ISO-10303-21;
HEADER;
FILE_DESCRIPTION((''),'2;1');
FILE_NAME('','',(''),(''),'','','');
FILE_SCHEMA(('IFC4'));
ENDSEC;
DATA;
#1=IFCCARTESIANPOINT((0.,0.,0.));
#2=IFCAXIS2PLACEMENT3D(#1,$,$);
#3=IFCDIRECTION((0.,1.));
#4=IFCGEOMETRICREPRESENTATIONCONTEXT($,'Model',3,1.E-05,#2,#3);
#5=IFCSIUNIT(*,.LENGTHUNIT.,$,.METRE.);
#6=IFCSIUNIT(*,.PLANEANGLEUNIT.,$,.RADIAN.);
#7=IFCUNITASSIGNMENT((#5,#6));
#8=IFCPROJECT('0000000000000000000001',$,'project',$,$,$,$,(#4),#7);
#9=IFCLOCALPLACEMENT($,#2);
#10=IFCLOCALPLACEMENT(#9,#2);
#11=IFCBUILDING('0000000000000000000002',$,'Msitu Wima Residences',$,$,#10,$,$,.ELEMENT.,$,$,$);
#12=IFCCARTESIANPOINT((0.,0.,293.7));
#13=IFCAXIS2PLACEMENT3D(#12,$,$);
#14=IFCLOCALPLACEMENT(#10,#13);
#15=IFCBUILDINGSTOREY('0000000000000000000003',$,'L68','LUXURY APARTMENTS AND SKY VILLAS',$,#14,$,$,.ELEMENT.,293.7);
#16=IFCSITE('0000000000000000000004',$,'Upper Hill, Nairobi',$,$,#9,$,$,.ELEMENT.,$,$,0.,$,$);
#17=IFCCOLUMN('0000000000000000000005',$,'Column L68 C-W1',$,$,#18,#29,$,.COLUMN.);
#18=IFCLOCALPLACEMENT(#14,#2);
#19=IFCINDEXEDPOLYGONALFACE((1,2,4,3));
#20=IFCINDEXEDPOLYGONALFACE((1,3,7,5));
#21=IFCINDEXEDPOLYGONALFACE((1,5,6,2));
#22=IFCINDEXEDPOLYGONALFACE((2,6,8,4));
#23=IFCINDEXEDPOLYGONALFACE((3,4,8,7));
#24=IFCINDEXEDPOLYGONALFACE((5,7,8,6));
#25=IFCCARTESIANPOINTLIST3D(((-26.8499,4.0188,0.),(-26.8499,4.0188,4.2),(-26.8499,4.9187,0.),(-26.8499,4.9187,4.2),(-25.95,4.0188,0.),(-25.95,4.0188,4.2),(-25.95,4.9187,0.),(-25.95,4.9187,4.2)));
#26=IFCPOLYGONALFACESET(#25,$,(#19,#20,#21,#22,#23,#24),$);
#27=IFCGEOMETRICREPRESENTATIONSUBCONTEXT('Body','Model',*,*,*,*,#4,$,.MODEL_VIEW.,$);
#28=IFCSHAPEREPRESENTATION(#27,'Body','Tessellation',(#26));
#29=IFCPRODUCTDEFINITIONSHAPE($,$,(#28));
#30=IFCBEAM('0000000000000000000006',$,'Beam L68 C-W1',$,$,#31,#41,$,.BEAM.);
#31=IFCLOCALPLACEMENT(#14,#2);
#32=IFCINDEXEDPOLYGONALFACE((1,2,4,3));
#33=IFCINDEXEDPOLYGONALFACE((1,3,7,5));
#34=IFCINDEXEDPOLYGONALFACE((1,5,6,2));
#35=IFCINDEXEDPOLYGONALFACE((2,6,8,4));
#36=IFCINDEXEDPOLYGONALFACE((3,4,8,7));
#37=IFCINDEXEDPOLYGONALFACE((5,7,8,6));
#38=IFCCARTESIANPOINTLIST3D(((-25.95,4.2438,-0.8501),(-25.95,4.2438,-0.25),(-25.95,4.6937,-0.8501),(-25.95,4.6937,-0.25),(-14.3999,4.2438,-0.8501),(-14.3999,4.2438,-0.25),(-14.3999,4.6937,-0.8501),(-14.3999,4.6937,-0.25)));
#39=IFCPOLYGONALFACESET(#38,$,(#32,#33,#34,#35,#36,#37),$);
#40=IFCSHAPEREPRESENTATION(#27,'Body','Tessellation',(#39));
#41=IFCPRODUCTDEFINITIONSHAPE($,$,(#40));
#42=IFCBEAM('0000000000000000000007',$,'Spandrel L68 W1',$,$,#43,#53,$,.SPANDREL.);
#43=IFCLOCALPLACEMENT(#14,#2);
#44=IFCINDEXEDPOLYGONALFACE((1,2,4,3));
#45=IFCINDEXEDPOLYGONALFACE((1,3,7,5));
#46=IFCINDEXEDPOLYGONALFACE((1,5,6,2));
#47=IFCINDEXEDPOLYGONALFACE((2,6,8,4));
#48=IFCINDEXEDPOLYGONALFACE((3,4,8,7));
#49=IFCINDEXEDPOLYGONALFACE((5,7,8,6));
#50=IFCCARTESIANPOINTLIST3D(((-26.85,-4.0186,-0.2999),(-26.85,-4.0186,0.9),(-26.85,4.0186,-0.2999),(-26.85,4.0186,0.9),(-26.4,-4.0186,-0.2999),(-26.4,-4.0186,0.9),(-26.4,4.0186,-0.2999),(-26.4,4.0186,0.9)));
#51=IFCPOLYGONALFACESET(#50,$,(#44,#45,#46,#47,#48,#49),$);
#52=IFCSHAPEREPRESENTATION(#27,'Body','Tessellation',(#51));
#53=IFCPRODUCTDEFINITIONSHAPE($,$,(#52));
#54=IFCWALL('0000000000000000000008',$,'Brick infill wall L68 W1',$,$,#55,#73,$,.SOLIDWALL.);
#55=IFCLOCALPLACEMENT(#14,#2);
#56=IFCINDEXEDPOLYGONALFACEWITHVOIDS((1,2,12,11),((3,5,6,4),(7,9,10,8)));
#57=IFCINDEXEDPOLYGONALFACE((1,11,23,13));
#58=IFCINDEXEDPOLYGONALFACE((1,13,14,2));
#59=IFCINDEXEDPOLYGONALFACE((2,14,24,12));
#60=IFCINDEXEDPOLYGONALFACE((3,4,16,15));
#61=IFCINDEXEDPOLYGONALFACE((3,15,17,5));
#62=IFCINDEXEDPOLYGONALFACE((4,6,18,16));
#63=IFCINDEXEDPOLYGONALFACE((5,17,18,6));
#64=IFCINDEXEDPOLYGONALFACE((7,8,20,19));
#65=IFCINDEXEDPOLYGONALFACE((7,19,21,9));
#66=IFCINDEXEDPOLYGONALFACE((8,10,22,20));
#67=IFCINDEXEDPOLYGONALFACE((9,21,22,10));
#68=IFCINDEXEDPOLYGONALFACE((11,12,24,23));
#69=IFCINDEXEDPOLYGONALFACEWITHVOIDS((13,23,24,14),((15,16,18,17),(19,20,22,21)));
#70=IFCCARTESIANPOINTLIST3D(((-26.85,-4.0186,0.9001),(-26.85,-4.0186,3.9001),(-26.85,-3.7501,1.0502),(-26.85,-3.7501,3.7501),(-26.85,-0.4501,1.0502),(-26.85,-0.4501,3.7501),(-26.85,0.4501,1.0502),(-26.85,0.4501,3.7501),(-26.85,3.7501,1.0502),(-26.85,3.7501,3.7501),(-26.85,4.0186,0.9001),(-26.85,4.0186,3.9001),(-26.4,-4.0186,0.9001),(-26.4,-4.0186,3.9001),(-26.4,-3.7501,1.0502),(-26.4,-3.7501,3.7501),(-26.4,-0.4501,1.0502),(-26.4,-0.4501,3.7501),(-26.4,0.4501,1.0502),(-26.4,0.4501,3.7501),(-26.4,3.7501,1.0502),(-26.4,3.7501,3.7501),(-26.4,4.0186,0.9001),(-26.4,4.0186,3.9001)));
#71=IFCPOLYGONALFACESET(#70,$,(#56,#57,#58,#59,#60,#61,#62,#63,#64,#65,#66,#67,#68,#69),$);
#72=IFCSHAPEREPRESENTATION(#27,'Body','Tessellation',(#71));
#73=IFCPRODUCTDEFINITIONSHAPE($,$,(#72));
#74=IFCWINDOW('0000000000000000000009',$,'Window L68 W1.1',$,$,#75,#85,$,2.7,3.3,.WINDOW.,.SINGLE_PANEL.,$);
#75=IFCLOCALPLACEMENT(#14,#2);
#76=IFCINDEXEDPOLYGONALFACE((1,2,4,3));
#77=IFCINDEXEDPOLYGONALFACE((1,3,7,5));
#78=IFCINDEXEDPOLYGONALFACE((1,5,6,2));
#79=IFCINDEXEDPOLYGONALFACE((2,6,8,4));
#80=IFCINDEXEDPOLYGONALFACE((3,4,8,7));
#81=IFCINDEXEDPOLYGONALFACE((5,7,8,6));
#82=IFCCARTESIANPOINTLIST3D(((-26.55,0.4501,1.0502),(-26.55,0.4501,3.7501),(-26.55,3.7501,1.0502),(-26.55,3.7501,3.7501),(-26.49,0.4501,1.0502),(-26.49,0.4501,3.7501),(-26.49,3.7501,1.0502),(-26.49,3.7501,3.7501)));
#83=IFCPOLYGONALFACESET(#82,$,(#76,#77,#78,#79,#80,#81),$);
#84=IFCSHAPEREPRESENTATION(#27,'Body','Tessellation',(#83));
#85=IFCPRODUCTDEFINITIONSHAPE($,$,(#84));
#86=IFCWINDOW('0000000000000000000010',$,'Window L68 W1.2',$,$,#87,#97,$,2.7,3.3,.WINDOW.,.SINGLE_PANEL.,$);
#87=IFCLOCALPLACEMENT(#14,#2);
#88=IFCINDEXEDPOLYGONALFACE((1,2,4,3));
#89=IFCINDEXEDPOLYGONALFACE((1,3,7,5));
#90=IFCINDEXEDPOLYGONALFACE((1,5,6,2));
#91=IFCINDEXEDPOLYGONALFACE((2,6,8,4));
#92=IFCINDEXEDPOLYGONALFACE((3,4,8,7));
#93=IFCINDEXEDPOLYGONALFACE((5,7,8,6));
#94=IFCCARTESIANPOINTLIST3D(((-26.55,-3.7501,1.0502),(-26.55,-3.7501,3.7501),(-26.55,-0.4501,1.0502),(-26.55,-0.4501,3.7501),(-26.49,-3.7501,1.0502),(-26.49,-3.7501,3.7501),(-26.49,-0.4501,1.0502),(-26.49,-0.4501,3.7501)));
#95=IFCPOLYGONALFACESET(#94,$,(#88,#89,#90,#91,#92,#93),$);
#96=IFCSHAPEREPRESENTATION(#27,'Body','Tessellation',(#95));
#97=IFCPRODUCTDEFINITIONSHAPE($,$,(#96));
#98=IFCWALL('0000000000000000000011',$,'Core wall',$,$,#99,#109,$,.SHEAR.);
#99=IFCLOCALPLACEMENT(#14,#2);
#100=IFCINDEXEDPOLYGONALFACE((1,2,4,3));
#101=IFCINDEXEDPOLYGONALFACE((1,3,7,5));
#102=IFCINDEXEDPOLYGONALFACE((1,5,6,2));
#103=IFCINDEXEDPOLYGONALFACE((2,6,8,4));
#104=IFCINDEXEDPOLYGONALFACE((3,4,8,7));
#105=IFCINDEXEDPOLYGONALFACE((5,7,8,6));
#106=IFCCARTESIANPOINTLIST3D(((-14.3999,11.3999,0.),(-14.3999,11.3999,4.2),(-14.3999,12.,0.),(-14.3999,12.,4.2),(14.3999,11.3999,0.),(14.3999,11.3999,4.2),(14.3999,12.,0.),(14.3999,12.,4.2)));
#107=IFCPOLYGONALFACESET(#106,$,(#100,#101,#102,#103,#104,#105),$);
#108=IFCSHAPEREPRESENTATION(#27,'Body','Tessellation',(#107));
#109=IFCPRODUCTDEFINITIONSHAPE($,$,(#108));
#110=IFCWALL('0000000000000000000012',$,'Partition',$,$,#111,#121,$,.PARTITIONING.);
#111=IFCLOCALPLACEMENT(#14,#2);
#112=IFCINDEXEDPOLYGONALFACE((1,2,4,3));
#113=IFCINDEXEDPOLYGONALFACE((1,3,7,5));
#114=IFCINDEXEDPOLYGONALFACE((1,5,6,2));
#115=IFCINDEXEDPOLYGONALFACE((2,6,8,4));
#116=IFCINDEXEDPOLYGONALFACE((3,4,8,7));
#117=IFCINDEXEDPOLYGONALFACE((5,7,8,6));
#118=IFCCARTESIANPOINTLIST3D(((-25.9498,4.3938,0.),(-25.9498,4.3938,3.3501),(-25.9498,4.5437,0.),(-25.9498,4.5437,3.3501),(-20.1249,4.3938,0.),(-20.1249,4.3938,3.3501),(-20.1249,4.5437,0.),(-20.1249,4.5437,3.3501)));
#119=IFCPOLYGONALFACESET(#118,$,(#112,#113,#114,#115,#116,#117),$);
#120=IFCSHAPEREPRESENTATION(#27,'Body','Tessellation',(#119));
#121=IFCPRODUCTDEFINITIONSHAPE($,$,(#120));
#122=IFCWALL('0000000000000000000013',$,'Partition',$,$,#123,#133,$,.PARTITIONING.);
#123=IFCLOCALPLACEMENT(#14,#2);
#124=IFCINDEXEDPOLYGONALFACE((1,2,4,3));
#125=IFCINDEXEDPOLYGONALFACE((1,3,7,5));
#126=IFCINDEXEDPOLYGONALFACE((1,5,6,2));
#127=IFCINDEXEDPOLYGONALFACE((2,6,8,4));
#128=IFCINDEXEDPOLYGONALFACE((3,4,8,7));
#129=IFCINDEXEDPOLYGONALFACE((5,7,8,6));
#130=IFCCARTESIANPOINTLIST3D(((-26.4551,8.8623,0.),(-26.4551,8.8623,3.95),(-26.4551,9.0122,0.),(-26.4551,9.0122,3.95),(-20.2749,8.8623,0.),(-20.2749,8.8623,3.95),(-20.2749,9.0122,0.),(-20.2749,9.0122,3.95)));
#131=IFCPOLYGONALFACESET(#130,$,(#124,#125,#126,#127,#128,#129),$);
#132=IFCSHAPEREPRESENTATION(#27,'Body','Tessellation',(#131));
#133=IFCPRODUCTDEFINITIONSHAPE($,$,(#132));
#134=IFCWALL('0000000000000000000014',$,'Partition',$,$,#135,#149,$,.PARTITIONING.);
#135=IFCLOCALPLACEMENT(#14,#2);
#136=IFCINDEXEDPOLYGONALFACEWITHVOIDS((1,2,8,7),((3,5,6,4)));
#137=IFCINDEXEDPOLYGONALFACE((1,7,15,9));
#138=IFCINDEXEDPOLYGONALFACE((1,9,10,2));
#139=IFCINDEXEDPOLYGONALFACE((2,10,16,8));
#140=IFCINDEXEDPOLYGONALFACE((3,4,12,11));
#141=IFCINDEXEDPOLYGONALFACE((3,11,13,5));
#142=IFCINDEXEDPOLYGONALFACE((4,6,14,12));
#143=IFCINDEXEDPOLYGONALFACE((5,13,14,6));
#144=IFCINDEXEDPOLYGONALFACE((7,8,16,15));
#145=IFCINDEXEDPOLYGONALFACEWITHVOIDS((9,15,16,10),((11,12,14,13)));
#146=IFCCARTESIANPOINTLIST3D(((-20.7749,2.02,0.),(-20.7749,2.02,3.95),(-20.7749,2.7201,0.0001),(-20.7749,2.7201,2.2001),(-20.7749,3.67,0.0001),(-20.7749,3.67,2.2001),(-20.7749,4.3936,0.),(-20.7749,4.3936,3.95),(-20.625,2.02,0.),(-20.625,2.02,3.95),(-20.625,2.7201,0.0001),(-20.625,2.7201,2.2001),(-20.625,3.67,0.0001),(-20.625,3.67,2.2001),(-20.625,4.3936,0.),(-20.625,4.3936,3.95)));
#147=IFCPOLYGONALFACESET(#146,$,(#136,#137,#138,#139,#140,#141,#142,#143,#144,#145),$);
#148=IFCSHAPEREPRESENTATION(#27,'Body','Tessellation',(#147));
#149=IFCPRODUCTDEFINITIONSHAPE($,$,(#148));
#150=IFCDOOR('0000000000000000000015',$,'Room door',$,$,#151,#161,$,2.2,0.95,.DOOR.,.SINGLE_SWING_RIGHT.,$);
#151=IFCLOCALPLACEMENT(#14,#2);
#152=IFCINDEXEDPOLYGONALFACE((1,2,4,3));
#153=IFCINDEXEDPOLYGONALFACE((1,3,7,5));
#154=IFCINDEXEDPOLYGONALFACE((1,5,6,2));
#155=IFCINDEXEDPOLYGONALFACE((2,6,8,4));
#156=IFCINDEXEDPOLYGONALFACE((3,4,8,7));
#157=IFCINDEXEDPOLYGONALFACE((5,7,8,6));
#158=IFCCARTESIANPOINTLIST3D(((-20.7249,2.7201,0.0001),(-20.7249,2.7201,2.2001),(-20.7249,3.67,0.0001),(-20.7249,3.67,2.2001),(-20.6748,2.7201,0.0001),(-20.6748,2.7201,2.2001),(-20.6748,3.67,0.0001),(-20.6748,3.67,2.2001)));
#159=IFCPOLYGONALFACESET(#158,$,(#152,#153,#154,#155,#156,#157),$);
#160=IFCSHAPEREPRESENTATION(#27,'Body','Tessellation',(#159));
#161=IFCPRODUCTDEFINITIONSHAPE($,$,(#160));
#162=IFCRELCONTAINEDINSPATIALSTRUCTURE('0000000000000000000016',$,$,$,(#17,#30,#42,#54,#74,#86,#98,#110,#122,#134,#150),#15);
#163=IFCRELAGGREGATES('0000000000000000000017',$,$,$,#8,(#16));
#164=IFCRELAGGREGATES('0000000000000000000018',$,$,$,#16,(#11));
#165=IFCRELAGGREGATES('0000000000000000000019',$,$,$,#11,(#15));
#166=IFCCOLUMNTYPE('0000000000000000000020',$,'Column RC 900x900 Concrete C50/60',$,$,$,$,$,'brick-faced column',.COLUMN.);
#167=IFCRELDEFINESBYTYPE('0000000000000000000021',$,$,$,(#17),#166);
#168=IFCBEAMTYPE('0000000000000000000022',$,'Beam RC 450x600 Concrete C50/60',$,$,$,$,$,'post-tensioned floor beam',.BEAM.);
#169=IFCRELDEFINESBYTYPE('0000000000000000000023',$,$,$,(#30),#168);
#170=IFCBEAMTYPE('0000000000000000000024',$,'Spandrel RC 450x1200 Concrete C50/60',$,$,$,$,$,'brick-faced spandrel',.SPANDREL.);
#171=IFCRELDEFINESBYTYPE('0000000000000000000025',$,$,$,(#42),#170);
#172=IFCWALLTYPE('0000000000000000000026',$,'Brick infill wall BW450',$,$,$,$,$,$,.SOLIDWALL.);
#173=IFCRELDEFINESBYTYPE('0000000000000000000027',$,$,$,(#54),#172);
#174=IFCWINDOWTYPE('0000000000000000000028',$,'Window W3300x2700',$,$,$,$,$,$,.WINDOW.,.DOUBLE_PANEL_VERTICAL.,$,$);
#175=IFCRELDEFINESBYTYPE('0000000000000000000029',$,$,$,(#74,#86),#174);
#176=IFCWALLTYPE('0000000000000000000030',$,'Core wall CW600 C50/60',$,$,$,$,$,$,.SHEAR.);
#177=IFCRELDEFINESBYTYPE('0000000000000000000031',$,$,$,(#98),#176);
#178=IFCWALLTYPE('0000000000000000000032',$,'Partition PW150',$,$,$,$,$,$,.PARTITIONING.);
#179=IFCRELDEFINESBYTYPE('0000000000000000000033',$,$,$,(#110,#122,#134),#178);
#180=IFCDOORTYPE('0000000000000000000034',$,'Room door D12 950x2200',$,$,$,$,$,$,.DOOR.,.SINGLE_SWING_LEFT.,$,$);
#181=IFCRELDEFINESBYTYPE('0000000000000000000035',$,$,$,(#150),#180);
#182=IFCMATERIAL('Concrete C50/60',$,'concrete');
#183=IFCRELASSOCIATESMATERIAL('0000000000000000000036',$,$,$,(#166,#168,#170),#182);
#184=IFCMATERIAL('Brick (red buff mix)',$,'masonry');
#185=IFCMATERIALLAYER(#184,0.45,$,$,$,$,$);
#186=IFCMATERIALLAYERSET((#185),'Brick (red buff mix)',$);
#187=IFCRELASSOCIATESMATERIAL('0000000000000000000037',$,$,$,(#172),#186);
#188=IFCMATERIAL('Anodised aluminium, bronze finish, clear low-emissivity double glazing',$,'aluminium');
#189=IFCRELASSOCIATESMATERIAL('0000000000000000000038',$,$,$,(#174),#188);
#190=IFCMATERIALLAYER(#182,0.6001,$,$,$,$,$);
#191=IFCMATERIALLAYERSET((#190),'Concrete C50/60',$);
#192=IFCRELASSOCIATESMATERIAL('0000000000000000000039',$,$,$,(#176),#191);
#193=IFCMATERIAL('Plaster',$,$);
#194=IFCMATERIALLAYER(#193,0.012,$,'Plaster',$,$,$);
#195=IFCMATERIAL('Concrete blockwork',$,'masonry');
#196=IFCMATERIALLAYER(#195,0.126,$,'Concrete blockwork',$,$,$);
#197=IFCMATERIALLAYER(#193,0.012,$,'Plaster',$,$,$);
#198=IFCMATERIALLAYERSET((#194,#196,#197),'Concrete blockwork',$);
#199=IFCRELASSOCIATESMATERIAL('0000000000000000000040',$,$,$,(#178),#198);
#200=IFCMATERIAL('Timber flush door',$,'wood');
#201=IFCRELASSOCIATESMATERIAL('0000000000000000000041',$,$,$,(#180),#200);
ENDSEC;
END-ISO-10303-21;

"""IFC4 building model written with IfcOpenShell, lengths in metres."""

from ifc_helpers import new_model, si_unit, direction, frame, frame_2d, origin, origin_2d, place, context, subcontext, project, spatial, rectangle, extrude, material, layer, layer_set, material_profile, profile_set, type_object, element, fill, save


model = new_model("IFC4")

# Units and contexts
model_context = context("Model", 3, precision=1e-05, world=origin(), true_north=direction((0.0, 1.0)))
body_context = subcontext(model_context, "Body", "Model", "MODEL_VIEW")
ifc_project = project(units=[si_unit("LENGTHUNIT", "METRE"), si_unit("PLANEANGLEUNIT", "RADIAN")], contexts=[model_context])

# Site, building, storey
site_placement = place(None, origin())
site = spatial("IfcSite", under=ifc_project, at=site_placement, Name="Upper Hill, Nairobi", CompositionType="ELEMENT", RefElevation=0.0)
building_placement = place(site_placement, origin())
building = spatial("IfcBuilding", under=site, at=building_placement, Name="Msitu Wima Residences", CompositionType="ELEMENT")
storey_placement = place(building_placement, frame((0.0, 0.0, 293.7)))
storey = spatial("IfcBuildingStorey", under=building, at=storey_placement, Name="L68", Description="LUXURY APARTMENTS AND SKY VILLAS", CompositionType="ELEMENT", Elevation=293.7)

# Column
ifc_material_1 = material(Name="Concrete C50/60", Category="concrete")
ifc_material_profile_1 = material_profile(ifc_material_1, rectangle(XDim=0.8999, YDim=0.8999, at=origin_2d()), Name="RC 900x900")
ifc_profile_set_1 = profile_set([ifc_material_profile_1], Name="Concrete C50/60")
column_type = type_object("IfcColumnType", Name="Column RC 900x900 Concrete C50/60", ElementType="brick-faced column", PredefinedType="COLUMN", material=ifc_profile_set_1)
column_placement = place(storey_placement, frame((-26.3999, 4.4688, 0.0), z_axis=(0.0, 0.0, 1.0), x_axis=(0.0, -1.0, 0.0)))
element("IfcColumn", 1, at=column_placement, inside=storey, type_object=column_type, Name="Column L68 C-W1", PredefinedType="COLUMN", context=body_context, shape_type="SweptSolid", body=[
    extrude(rectangle(XDim=0.8999, YDim=0.8999, at=origin_2d()), origin(), (0.0, 0.0, 1.0), 4.2),
])

# Beams
ifc_material_profile_2 = material_profile(ifc_material_1, rectangle(XDim=0.45, YDim=0.6001, at=origin_2d()), Name="RC 450x600")
ifc_profile_set_2 = profile_set([ifc_material_profile_2], Name="Concrete C50/60")
beam_type_1 = type_object("IfcBeamType", Name="Beam RC 450x600 Concrete C50/60", ElementType="post-tensioned floor beam", PredefinedType="BEAM", material=ifc_profile_set_2)
beam_1_placement = place(storey_placement, frame((-25.95, 4.4688, -0.55), z_axis=(1.0, 0.0, 0.0), x_axis=(0.0, 1.0, 0.0)))
element("IfcBeam", 2, at=beam_1_placement, inside=storey, type_object=beam_type_1, Name="Beam L68 C-W1", PredefinedType="BEAM", context=body_context, shape_type="SweptSolid", body=[
    extrude(rectangle(XDim=0.45, YDim=0.6001, at=origin_2d()), origin(), (0.0, 0.0, 1.0), 11.55),
])
ifc_material_profile_3 = material_profile(ifc_material_1, rectangle(XDim=0.45, YDim=1.2, at=origin_2d()), Name="RC 450x1200")
ifc_profile_set_3 = profile_set([ifc_material_profile_3], Name="Concrete C50/60")
beam_type_2 = type_object("IfcBeamType", Name="Spandrel RC 450x1200 Concrete C50/60", ElementType="brick-faced spandrel", PredefinedType="SPANDREL", material=ifc_profile_set_3)
beam_2_placement = place(storey_placement, frame((-26.625, 4.0186, 0.3), z_axis=(0.0, -1.0, 0.0), x_axis=(1.0, 0.0, 0.0)))
element("IfcBeam", 3, at=beam_2_placement, inside=storey, type_object=beam_type_2, Name="Spandrel L68 W1", PredefinedType="SPANDREL", context=body_context, shape_type="SweptSolid", body=[
    extrude(rectangle(XDim=0.45, YDim=1.2, at=origin_2d()), origin(), (0.0, 0.0, 1.0), 8.0371),
])

# Wall, openings, windows
ifc_material_2 = material(Name="Brick (red buff mix)", Category="masonry")
ifc_layer_1 = layer(ifc_material_2, 0.45)
ifc_layer_set_1 = layer_set([ifc_layer_1], Name="Brick (red buff mix)")
wall_type_1 = type_object("IfcWallType", Name="Brick infill wall BW450", PredefinedType="SOLIDWALL", material=ifc_layer_set_1)
wall_1_placement = place(storey_placement, frame((-26.625, 4.0186, 0.9001), z_axis=(0.0, 0.0, 1.0), x_axis=(0.0, -1.0, 0.0)))
wall_1 = element("IfcWall", 4, at=wall_1_placement, inside=storey, type_object=wall_type_1, Name="Brick infill wall L68 W1", PredefinedType="SOLIDWALL", context=body_context, shape_type="SweptSolid", body=[
    extrude(rectangle(XDim=8.0371, YDim=0.45, at=frame_2d((4.0186, 0.0))), origin(), (0.0, 0.0, 1.0), 3.0),
])
opening_1_placement = place(wall_1_placement, frame((0.2686, 0.0, 0.1499)))
opening_1 = element("IfcOpeningElement", 5, at=opening_1_placement, cuts=wall_1, PredefinedType="OPENING", context=body_context, shape_type="SweptSolid", body=[
    extrude(rectangle(XDim=3.3, YDim=2.7, at=frame_2d((1.6499, 1.3501))), frame((0.0, 0.2349, 0.0), z_axis=(0.0, -1.0, 0.0), x_axis=(1.0, 0.0, 0.0)), (0.0, 0.0, 1.0), 0.47),
])
opening_2_placement = place(wall_1_placement, frame((4.4688, 0.0, 0.1499)))
opening_2 = element("IfcOpeningElement", 6, at=opening_2_placement, cuts=wall_1, PredefinedType="OPENING", context=body_context, shape_type="SweptSolid", body=[
    extrude(rectangle(XDim=3.3, YDim=2.7, at=frame_2d((1.6499, 1.3501))), frame((0.0, 0.2349, 0.0), z_axis=(0.0, -1.0, 0.0), x_axis=(1.0, 0.0, 0.0)), (0.0, 0.0, 1.0), 0.47),
])
ifc_material_3 = material(Name="Anodised aluminium, bronze finish, clear low-emissivity double glazing", Category="aluminium")
window_type = type_object("IfcWindowType", Name="Window W3300x2700", PartitioningType="DOUBLE_PANEL_VERTICAL", PredefinedType="WINDOW", material=ifc_material_3)
window_1_placement = place(opening_1_placement, origin())
window_1 = element("IfcWindow", 7, at=window_1_placement, inside=storey, type_object=window_type, Name="Window L68 W1.1", OverallHeight=2.7, OverallWidth=3.3, PartitioningType="SINGLE_PANEL", PredefinedType="WINDOW", context=body_context, shape_type="SweptSolid", body=[
    extrude(rectangle(XDim=3.3, YDim=2.7, at=frame_2d((1.6499, 1.3501))), frame((0.0, 0.135, 0.0), z_axis=(0.0, -1.0, 0.0), x_axis=(1.0, 0.0, 0.0)), (0.0, 0.0, 1.0), 0.0601),
])
fill(opening_1, window_1)
window_2_placement = place(opening_2_placement, origin())
window_2 = element("IfcWindow", 8, at=window_2_placement, inside=storey, type_object=window_type, Name="Window L68 W1.2", OverallHeight=2.7, OverallWidth=3.3, PartitioningType="SINGLE_PANEL", PredefinedType="WINDOW", context=body_context, shape_type="SweptSolid", body=[
    extrude(rectangle(XDim=3.3, YDim=2.7, at=frame_2d((1.6499, 1.3501))), frame((0.0, 0.135, 0.0), z_axis=(0.0, -1.0, 0.0), x_axis=(1.0, 0.0, 0.0)), (0.0, 0.0, 1.0), 0.0601),
])
fill(opening_2, window_2)

# Walls
ifc_layer_2 = layer(ifc_material_1, 0.6001)
ifc_layer_set_2 = layer_set([ifc_layer_2], Name="Concrete C50/60")
wall_type_2 = type_object("IfcWallType", Name="Core wall CW600 C50/60", PredefinedType="SHEAR", material=ifc_layer_set_2)
wall_2_placement = place(storey_placement, frame((-14.3999, 11.7, 0.0), z_axis=(0.0, 0.0, 1.0), x_axis=(1.0, 0.0, 0.0)))
element("IfcWall", 9, at=wall_2_placement, inside=storey, type_object=wall_type_2, Name="Core wall", PredefinedType="SHEAR", context=body_context, shape_type="SweptSolid", body=[
    extrude(rectangle(XDim=28.7998, YDim=0.6001, at=frame_2d((14.3999, 0.0))), origin(), (0.0, 0.0, 1.0), 4.2),
])
ifc_material_4 = material(Name="Plaster")
ifc_layer_3 = layer(ifc_material_4, 0.012, Name="Plaster")
ifc_material_5 = material(Name="Concrete blockwork", Category="masonry")
ifc_layer_4 = layer(ifc_material_5, 0.126, Name="Concrete blockwork")
ifc_layer_5 = layer(ifc_material_4, 0.012, Name="Plaster")
ifc_layer_set_3 = layer_set([ifc_layer_3, ifc_layer_4, ifc_layer_5], Name="Concrete blockwork")
wall_type_3 = type_object("IfcWallType", Name="Partition PW150", PredefinedType="PARTITIONING", material=ifc_layer_set_3)
wall_3_placement = place(storey_placement, frame((-25.95, 4.4688, 0.0), z_axis=(0.0, 0.0, 1.0), x_axis=(1.0, 0.0, 0.0)))
element("IfcWall", 10, at=wall_3_placement, inside=storey, type_object=wall_type_3, Name="Partition", PredefinedType="PARTITIONING", context=body_context, shape_type="SweptSolid", body=[
    extrude(rectangle(XDim=5.825, YDim=0.1499, at=frame_2d((2.9126, 0.0))), origin(), (0.0, 0.0, 1.0), 3.3501),
])
wall_4_placement = place(storey_placement, frame((-26.4551, 8.9373, 0.0), z_axis=(0.0, 0.0, 1.0), x_axis=(1.0, 0.0, 0.0)))
element("IfcWall", 11, at=wall_4_placement, inside=storey, type_object=wall_type_3, Name="Partition", PredefinedType="PARTITIONING", context=body_context, shape_type="SweptSolid", body=[
    extrude(rectangle(XDim=6.1802, YDim=0.1499, at=frame_2d((3.0901, 0.0))), origin(), (0.0, 0.0, 1.0), 3.95),
])

# Wall, opening, door
wall_5_placement = place(storey_placement, frame((-20.7, 2.02, 0.0), z_axis=(0.0, 0.0, 1.0), x_axis=(0.0, 1.0, 0.0)))
wall_5 = element("IfcWall", 12, at=wall_5_placement, inside=storey, type_object=wall_type_3, Name="Partition", PredefinedType="PARTITIONING", context=body_context, shape_type="SweptSolid", body=[
    extrude(rectangle(XDim=2.3735, YDim=0.1499, at=frame_2d((1.1868, 0.0))), origin(), (0.0, 0.0, 1.0), 3.95),
])
opening_3_placement = place(wall_5_placement, frame((0.7, 0.0, 0.0)))
opening_3 = element("IfcOpeningElement", 13, at=opening_3_placement, cuts=wall_5, PredefinedType="OPENING", context=body_context, shape_type="SweptSolid", body=[
    extrude(rectangle(XDim=0.95, YDim=2.2, at=frame_2d((0.4751, 1.1001))), frame((0.0, 0.085, 0.0), z_axis=(0.0, -1.0, 0.0), x_axis=(1.0, 0.0, 0.0)), (0.0, 0.0, 1.0), 0.1699),
])
ifc_material_6 = material(Name="Timber flush door", Category="wood")
door_type_1 = type_object("IfcDoorType", Name="Room door D12 950x2200", OperationType="SINGLE_SWING_LEFT", PredefinedType="DOOR", material=ifc_material_6)
door_1_placement = place(opening_3_placement, origin())
door_1 = element("IfcDoor", 14, at=door_1_placement, inside=storey, type_object=door_type_1, Name="Room door", OperationType="SINGLE_SWING_RIGHT", OverallHeight=2.2, OverallWidth=0.95, PredefinedType="DOOR", context=body_context, shape_type="SweptSolid", body=[
    extrude(rectangle(XDim=0.95, YDim=2.2, at=frame_2d((0.4751, 1.1001))), frame((0.0, 0.0249, 0.0), z_axis=(0.0, -1.0, 0.0), x_axis=(1.0, 0.0, 0.0)), (0.0, 0.0, 1.0), 0.05),
])
fill(opening_3, door_1)

save(model, "model.ifc")
